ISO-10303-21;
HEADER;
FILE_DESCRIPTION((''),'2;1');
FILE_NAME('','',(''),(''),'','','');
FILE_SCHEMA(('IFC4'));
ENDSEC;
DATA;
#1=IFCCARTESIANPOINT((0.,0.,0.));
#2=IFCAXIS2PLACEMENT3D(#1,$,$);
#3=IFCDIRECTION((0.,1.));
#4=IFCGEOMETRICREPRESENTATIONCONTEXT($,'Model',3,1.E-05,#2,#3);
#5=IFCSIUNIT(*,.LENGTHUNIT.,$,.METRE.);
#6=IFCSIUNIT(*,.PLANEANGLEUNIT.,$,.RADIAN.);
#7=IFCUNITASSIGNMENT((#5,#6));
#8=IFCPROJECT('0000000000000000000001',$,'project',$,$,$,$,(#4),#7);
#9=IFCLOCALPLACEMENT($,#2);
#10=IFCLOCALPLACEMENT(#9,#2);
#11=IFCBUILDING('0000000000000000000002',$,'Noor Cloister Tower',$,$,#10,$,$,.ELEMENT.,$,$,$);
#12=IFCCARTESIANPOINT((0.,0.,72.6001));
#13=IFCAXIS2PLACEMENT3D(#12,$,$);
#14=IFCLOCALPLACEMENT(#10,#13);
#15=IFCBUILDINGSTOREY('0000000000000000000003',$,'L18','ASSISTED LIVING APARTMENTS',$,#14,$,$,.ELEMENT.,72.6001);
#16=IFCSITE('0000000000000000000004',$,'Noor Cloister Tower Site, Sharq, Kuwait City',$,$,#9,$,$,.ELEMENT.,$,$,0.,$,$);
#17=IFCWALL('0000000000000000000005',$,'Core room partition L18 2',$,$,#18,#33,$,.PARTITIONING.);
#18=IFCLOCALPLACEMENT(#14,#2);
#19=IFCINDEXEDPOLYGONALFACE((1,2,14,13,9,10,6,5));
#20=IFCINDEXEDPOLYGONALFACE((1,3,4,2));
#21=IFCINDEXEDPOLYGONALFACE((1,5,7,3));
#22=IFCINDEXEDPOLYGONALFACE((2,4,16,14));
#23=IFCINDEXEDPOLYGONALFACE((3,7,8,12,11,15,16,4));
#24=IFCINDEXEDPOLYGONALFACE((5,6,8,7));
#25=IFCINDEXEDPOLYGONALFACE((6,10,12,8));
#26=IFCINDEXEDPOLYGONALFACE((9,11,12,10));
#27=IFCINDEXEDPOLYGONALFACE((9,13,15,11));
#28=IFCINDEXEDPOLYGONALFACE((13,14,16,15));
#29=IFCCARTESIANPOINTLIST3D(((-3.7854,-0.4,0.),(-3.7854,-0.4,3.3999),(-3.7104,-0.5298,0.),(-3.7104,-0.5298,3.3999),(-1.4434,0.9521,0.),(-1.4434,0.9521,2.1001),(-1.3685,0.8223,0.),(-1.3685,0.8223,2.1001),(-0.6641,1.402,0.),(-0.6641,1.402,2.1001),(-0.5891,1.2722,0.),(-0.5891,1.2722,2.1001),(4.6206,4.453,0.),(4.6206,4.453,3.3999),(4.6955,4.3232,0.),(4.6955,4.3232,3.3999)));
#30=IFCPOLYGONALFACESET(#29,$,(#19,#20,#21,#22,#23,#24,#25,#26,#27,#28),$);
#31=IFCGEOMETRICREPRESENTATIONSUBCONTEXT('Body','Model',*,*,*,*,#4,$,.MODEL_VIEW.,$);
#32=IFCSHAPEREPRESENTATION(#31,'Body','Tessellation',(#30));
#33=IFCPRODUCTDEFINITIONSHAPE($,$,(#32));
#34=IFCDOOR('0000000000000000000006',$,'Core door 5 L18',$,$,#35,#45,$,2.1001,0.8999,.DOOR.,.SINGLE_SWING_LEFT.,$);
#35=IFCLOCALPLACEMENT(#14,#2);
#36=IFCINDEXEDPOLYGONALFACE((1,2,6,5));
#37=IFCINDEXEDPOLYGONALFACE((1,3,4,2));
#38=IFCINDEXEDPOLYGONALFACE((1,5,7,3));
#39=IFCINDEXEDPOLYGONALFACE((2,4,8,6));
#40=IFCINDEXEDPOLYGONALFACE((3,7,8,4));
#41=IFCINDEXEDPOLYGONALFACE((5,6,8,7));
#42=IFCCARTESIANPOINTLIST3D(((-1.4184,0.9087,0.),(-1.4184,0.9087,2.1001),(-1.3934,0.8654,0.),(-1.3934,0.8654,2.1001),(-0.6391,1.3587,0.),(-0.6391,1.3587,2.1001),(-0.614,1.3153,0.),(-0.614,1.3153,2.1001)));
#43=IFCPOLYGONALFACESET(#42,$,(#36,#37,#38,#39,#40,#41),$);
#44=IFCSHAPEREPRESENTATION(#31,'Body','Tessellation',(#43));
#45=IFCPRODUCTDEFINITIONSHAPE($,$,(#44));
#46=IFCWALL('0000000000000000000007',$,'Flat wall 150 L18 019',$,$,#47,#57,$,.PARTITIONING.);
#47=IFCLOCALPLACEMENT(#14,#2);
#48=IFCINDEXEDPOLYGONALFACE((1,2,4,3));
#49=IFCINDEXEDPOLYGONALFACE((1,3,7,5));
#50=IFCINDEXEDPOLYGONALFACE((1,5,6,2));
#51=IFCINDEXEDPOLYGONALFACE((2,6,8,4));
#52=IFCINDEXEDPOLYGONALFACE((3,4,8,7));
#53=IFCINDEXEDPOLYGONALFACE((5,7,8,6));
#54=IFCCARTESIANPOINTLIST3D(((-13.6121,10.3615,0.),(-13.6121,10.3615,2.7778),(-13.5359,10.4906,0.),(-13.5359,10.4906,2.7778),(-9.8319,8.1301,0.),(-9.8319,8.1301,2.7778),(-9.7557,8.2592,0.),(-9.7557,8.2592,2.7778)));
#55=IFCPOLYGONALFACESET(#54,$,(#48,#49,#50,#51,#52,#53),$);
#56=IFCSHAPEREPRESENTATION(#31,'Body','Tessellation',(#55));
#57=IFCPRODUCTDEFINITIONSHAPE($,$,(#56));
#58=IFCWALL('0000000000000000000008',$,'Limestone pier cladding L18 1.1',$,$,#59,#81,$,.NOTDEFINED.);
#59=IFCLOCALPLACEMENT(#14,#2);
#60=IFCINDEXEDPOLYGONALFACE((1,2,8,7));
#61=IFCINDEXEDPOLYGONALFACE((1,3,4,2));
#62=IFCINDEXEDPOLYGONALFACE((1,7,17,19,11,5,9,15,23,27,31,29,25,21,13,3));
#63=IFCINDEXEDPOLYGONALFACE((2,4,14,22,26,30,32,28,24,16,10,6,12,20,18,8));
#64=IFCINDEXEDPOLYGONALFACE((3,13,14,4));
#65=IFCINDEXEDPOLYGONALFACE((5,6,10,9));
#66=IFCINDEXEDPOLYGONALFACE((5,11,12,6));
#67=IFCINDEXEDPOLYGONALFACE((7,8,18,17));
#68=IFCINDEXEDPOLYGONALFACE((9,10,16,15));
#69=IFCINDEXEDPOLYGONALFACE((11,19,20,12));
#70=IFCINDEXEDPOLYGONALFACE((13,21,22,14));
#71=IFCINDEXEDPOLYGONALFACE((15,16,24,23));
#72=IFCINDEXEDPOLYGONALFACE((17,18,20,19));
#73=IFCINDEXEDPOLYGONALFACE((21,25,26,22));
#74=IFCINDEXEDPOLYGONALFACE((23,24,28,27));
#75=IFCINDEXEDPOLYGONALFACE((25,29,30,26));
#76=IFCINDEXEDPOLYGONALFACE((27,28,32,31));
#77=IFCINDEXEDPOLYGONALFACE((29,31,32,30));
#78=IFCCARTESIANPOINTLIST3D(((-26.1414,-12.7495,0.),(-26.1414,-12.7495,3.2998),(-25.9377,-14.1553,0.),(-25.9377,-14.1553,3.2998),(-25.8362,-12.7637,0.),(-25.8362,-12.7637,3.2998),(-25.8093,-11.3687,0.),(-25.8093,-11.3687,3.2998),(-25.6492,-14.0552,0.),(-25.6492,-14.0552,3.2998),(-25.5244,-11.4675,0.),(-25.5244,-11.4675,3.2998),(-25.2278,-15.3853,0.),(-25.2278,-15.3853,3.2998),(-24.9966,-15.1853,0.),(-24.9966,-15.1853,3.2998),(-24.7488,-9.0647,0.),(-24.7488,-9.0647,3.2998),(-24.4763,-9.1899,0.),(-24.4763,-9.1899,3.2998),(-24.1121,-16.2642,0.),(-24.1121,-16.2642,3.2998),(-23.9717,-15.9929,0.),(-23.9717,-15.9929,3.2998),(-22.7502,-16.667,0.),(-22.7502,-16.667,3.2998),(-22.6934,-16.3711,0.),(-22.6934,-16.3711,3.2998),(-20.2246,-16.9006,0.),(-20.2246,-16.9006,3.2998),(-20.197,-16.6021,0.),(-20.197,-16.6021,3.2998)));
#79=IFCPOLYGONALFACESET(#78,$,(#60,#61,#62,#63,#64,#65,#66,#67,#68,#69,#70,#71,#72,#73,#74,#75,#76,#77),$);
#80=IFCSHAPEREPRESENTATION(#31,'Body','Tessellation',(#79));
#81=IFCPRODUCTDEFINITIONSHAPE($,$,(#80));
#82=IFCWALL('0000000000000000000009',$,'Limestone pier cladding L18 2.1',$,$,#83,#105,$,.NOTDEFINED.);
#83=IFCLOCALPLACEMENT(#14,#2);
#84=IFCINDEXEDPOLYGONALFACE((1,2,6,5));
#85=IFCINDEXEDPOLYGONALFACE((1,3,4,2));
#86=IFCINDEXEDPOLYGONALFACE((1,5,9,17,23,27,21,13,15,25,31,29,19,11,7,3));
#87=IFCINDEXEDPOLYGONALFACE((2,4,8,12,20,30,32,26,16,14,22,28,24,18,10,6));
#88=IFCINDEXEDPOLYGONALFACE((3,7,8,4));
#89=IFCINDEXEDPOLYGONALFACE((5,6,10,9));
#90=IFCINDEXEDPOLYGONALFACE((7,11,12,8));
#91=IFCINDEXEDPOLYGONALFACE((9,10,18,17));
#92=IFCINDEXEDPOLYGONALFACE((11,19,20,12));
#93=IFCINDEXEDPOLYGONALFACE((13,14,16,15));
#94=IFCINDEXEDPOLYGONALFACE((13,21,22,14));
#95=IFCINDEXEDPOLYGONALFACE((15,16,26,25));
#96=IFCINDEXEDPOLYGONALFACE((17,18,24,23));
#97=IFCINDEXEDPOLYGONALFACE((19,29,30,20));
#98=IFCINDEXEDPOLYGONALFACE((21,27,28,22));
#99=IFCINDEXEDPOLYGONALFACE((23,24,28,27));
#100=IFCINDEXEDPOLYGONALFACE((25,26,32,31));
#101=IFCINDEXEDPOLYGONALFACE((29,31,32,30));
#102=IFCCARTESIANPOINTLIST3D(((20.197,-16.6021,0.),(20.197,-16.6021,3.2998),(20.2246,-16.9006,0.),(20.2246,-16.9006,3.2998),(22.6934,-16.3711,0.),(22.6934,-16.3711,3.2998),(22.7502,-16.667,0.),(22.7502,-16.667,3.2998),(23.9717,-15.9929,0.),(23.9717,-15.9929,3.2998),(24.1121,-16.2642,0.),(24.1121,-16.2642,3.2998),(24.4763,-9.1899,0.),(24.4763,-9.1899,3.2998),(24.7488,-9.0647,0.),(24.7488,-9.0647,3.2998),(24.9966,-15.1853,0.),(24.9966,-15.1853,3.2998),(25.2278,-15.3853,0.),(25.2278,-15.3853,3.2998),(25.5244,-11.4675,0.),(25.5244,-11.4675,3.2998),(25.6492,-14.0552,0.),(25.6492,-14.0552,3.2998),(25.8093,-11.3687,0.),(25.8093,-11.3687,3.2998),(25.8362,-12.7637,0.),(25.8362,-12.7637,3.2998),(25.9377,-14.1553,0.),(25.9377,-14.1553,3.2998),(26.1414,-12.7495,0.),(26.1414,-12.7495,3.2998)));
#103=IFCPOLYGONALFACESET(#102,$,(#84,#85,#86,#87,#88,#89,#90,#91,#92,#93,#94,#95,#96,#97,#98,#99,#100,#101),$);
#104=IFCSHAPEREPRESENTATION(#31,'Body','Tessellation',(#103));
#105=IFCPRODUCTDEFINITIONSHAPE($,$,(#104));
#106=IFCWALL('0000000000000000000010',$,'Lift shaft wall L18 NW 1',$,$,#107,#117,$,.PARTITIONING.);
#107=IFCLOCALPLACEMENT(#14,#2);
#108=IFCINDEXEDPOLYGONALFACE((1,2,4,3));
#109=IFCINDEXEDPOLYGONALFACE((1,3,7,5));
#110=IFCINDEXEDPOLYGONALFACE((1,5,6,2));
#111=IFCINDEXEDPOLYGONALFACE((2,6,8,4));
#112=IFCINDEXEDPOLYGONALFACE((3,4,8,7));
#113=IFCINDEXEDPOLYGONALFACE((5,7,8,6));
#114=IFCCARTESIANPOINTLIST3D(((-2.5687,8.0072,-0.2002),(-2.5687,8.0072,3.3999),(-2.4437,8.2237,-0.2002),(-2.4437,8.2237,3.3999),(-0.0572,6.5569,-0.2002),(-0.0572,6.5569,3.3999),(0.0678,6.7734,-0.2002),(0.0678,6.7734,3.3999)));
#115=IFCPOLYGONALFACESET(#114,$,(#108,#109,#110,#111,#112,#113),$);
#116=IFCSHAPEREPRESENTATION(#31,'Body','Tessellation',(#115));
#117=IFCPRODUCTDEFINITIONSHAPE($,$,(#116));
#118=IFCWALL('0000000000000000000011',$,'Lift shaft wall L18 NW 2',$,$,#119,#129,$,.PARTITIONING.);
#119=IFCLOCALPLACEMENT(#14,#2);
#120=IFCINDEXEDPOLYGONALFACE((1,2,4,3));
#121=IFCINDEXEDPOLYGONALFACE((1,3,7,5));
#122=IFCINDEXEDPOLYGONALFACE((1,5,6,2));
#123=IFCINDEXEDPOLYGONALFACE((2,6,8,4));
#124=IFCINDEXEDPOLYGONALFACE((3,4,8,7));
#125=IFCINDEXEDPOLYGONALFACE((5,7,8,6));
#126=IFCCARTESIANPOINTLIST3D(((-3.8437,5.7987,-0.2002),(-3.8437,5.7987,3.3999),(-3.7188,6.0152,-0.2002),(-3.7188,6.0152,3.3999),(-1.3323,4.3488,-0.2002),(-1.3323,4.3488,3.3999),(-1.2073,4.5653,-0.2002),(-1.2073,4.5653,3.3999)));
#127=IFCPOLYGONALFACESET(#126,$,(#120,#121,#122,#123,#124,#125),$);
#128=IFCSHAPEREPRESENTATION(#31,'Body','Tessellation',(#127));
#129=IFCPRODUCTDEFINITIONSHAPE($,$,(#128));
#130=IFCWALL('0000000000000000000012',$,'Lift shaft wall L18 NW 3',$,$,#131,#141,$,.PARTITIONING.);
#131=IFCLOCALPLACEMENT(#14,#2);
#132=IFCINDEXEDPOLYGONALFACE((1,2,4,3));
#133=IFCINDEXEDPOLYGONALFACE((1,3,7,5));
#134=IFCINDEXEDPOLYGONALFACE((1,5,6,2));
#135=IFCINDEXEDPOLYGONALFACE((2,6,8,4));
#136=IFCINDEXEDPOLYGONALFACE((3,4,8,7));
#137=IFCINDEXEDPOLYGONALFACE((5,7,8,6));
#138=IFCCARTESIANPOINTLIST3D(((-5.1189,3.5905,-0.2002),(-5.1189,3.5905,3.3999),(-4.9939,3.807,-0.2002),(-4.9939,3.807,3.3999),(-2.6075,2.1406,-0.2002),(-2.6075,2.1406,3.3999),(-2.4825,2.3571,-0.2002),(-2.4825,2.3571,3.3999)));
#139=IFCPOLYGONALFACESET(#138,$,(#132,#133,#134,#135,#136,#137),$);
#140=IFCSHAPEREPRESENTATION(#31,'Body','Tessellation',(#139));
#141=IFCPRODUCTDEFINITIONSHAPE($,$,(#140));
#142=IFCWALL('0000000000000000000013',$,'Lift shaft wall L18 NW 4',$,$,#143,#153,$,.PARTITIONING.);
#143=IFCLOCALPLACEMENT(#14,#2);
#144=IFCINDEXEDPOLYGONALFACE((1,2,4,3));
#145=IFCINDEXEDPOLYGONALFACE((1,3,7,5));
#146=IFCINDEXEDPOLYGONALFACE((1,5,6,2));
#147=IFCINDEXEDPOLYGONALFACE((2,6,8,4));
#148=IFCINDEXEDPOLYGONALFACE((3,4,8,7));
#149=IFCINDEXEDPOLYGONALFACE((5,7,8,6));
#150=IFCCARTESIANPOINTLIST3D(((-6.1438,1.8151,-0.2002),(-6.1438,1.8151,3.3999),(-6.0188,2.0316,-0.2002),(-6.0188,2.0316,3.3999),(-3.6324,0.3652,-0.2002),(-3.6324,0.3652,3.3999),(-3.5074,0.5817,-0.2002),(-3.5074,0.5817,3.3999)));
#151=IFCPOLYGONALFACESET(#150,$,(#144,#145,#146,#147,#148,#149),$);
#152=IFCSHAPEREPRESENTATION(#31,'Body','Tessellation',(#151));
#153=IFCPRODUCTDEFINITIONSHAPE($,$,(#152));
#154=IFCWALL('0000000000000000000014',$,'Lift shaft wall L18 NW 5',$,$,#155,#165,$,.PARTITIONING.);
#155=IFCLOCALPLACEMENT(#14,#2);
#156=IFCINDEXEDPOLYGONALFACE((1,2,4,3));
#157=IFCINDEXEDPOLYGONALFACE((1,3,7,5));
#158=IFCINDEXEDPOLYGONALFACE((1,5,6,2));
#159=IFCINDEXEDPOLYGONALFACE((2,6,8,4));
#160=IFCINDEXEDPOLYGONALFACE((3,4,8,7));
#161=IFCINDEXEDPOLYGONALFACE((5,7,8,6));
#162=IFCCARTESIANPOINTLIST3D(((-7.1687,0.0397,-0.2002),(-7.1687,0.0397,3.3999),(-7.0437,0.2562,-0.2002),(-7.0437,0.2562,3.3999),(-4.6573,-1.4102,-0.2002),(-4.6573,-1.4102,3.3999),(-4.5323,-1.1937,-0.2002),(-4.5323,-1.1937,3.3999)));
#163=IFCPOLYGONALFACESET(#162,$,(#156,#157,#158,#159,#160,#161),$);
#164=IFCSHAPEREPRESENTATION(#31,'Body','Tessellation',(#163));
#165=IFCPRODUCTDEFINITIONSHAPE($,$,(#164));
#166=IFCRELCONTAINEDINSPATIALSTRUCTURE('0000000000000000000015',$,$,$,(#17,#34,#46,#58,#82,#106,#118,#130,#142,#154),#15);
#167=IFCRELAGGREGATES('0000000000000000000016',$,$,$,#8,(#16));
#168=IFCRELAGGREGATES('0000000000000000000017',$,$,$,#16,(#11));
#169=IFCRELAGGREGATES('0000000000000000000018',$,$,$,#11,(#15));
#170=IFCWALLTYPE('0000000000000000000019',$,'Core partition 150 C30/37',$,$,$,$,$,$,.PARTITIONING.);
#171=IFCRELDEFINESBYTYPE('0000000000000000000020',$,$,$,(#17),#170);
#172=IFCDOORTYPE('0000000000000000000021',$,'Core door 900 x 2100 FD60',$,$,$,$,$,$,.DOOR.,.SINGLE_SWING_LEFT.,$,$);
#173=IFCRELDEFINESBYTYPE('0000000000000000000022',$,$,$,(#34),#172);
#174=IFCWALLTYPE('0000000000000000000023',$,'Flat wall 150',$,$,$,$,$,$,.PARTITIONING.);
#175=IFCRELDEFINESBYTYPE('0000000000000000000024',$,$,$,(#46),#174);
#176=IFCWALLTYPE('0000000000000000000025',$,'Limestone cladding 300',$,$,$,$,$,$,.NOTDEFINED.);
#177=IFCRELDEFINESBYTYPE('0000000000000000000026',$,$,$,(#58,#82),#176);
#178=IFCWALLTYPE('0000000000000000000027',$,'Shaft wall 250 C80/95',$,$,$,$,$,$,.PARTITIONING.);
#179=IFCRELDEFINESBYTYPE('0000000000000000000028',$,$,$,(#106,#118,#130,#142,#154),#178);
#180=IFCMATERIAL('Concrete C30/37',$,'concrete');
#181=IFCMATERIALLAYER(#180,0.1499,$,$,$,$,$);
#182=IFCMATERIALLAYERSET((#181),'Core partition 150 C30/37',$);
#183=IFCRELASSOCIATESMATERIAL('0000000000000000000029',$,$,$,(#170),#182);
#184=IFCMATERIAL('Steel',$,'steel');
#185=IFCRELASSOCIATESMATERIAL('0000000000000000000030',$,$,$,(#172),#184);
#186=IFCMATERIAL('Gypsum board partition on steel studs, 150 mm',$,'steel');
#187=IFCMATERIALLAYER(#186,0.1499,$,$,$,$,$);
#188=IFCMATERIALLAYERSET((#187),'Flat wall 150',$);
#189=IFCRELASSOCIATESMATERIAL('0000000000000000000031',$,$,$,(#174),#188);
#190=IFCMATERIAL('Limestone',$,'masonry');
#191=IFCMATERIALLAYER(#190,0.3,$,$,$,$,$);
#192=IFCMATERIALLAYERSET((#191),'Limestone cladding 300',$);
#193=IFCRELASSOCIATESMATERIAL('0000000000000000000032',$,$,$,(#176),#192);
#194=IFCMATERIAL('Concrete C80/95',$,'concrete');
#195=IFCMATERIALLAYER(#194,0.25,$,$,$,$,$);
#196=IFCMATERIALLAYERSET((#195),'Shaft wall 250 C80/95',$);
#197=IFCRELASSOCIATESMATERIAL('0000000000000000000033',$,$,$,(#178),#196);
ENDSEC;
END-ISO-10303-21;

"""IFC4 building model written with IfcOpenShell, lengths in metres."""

from ifc_helpers import new_model, si_unit, direction, frame, frame_2d, origin, place, context, subcontext, project, spatial, polyline, rectangle, outline, extrude, material, layer, layer_set, type_object, element, fill, save


model = new_model("IFC4")

# Units and contexts
model_context = context("Model", 3, precision=1e-05, world=origin(), true_north=direction((0.0, 1.0)))
body_context = subcontext(model_context, "Body", "Model", "MODEL_VIEW")
ifc_project = project(units=[si_unit("LENGTHUNIT", "METRE"), si_unit("PLANEANGLEUNIT", "RADIAN")], contexts=[model_context])

# Site, building, storey
site_placement = place(None, origin())
site = spatial("IfcSite", under=ifc_project, at=site_placement, Name="Noor Cloister Tower Site, Sharq, Kuwait City", CompositionType="ELEMENT", RefElevation=0.0)
building_placement = place(site_placement, origin())
building = spatial("IfcBuilding", under=site, at=building_placement, Name="Noor Cloister Tower", CompositionType="ELEMENT")
storey_placement = place(building_placement, frame((0.0, 0.0, 72.6001)))
storey = spatial("IfcBuildingStorey", under=building, at=storey_placement, Name="L18", Description="ASSISTED LIVING APARTMENTS", CompositionType="ELEMENT", Elevation=72.6001)

# Wall, opening, door
ifc_material_1 = material(Name="Concrete C30/37", Category="concrete")
ifc_layer_1 = layer(ifc_material_1, 0.1499)
ifc_layer_set_1 = layer_set([ifc_layer_1], Name="Core partition 150 C30/37")
wall_type_1 = type_object("IfcWallType", Name="Core partition 150 C30/37", PredefinedType="PARTITIONING", material=ifc_layer_set_1)
wall_1_placement = place(storey_placement, frame((-3.7478, -0.4648, 0.0), z_axis=(0.0, 0.0, 1.0), x_axis=(0.866034, 0.499986, 0.0)))
wall_1 = element("IfcWall", 1, at=wall_1_placement, inside=storey, type_object=wall_type_1, Name="Core room partition L18 2", PredefinedType="PARTITIONING", context=body_context, shape_type="SweptSolid", body=[
    extrude(rectangle(XDim=9.7063, YDim=0.1499, at=frame_2d((4.853, 0.0))), origin(), (0.0, 0.0, 1.0), 3.3999),
])
opening_placement = place(wall_1_placement, frame((2.7041, 0.0, 0.0)))
opening = element("IfcOpeningElement", 2, at=opening_placement, cuts=wall_1, PredefinedType="OPENING", context=body_context, shape_type="SweptSolid", body=[
    extrude(rectangle(XDim=0.8999, YDim=2.1001, at=frame_2d((0.45, 1.05))), frame((0.0, 0.085, 0.0), z_axis=(0.0, -1.0, 0.0), x_axis=(1.0, 0.0, 0.0)), (0.0, 0.0, 1.0), 0.1699),
])
ifc_material_2 = material(Name="Steel", Category="steel")
door_type = type_object("IfcDoorType", Name="Core door 900 x 2100 FD60", OperationType="SINGLE_SWING_LEFT", PredefinedType="DOOR", material=ifc_material_2)
door_placement = place(opening_placement, origin())
door = element("IfcDoor", 3, at=door_placement, inside=storey, type_object=door_type, Name="Core door 5 L18", OperationType="SINGLE_SWING_LEFT", OverallHeight=2.1001, OverallWidth=0.8999, PredefinedType="DOOR", context=body_context, shape_type="SweptSolid", body=[
    extrude(rectangle(XDim=0.8999, YDim=2.1001, at=frame_2d((0.45, 1.05))), frame((0.0, 0.0249, 0.0), z_axis=(0.0, -1.0, 0.0), x_axis=(1.0, 0.0, 0.0)), (0.0, 0.0, 1.0), 0.05),
])
fill(opening, door)

# Walls
ifc_material_3 = material(Name="Gypsum board partition on steel studs, 150 mm", Category="steel")
ifc_layer_2 = layer(ifc_material_3, 0.1499)
ifc_layer_set_2 = layer_set([ifc_layer_2], Name="Flat wall 150")
wall_type_2 = type_object("IfcWallType", Name="Flat wall 150", PredefinedType="PARTITIONING", material=ifc_layer_set_2)
wall_2_placement = place(storey_placement, frame((-13.574, 10.426, 0.0), z_axis=(0.0, 0.0, 1.0), x_axis=(0.861161, -0.508332, 0.0)))
element("IfcWall", 4, at=wall_2_placement, inside=storey, type_object=wall_type_2, Name="Flat wall 150 L18 019", PredefinedType="PARTITIONING", context=body_context, shape_type="SweptSolid", body=[
    extrude(rectangle(XDim=4.3896, YDim=0.1499, at=frame_2d((2.1948, 0.0))), origin(), (0.0, 0.0, 1.0), 2.7778),
])
ifc_material_4 = material(Name="Limestone", Category="masonry")
ifc_layer_3 = layer(ifc_material_4, 0.3)
ifc_layer_set_3 = layer_set([ifc_layer_3], Name="Limestone cladding 300")
wall_type_3 = type_object("IfcWallType", Name="Limestone cladding 300", PredefinedType="NOTDEFINED", material=ifc_layer_set_3)
wall_3_placement = place(storey_placement, origin())
element("IfcWall", 5, at=wall_3_placement, inside=storey, type_object=wall_type_3, Name="Limestone pier cladding L18 1.1", PredefinedType="NOTDEFINED", context=body_context, shape_type="SweptSolid", body=[
    extrude(outline(polyline([(-24.7488, -9.0647), (-25.8093, -11.3687), (-26.1414, -12.7495), (-25.9377, -14.1553), (-25.2278, -15.3853), (-24.1121, -16.2642), (-22.7502, -16.667), (-20.2246, -16.9006), (-20.197, -16.6021), (-22.6934, -16.3711), (-23.9717, -15.9929), (-24.9966, -15.1853), (-25.6492, -14.0552), (-25.8362, -12.7637), (-25.5244, -11.4675), (-24.4763, -9.1899), (-24.7488, -9.0647)])), origin(), (0.0, 0.0, 1.0), 3.2998),
])
wall_4_placement = place(storey_placement, origin())
element("IfcWall", 6, at=wall_4_placement, inside=storey, type_object=wall_type_3, Name="Limestone pier cladding L18 2.1", PredefinedType="NOTDEFINED", context=body_context, shape_type="SweptSolid", body=[
    extrude(outline(polyline([(20.2246, -16.9006), (22.7502, -16.667), (24.1121, -16.2642), (25.2278, -15.3853), (25.9377, -14.1553), (26.1414, -12.7495), (25.8093, -11.3687), (24.7488, -9.0647), (24.4763, -9.1899), (25.5244, -11.4675), (25.8362, -12.7637), (25.6492, -14.0552), (24.9966, -15.1853), (23.9717, -15.9929), (22.6934, -16.3711), (20.197, -16.6021), (20.2246, -16.9006)])), origin(), (0.0, 0.0, 1.0), 3.2998),
])
ifc_material_5 = material(Name="Concrete C80/95", Category="concrete")
ifc_layer_4 = layer(ifc_material_5, 0.25)
ifc_layer_set_4 = layer_set([ifc_layer_4], Name="Shaft wall 250 C80/95")
wall_type_4 = type_object("IfcWallType", Name="Shaft wall 250 C80/95", PredefinedType="PARTITIONING", material=ifc_layer_set_4)
wall_5_placement = place(storey_placement, frame((-2.5063, 8.1155, -0.2002), z_axis=(0.0, 0.0, 1.0), x_axis=(0.865996, -0.50005, 0.0)))
element("IfcWall", 7, at=wall_5_placement, inside=storey, type_object=wall_type_4, Name="Lift shaft wall L18 NW 1", PredefinedType="PARTITIONING", context=body_context, shape_type="SweptSolid", body=[
    extrude(rectangle(XDim=2.9001, YDim=0.25, at=frame_2d((1.4502, 0.0))), origin(), (0.0, 0.0, 1.0), 3.6001),
])
for number, where, z_axis, x_axis, name in (
    (8, (-3.7812, 5.907, -0.2002), (0.0, 0.0, 1.0), (0.866033, -0.499987, 0.0), "Lift shaft wall L18 NW 2"),
    (9, (-5.0564, 3.6987, -0.2002), (0.0, 0.0, 1.0), (0.866033, -0.499987, 0.0), "Lift shaft wall L18 NW 3"),
    (10, (-6.0813, 1.9233, -0.2002), (0.0, 0.0, 1.0), (0.866033, -0.499987, 0.0), "Lift shaft wall L18 NW 4"),
    (11, (-7.1062, 0.1479, -0.2002), (0.0, 0.0, 1.0), (0.866033, -0.499987, 0.0), "Lift shaft wall L18 NW 5"),
):
    element("IfcWall", number, at=place(storey_placement, frame(where, z_axis=z_axis, x_axis=x_axis)), inside=storey, type_object=wall_type_4, Name=name, PredefinedType="PARTITIONING", context=body_context, shape_type="SweptSolid", body=[
        extrude(rectangle(XDim=2.8999, YDim=0.25, at=frame_2d((1.45, 0.0))), origin(), (0.0, 0.0, 1.0), 3.6001),
    ])

save(model, "model.ifc")
